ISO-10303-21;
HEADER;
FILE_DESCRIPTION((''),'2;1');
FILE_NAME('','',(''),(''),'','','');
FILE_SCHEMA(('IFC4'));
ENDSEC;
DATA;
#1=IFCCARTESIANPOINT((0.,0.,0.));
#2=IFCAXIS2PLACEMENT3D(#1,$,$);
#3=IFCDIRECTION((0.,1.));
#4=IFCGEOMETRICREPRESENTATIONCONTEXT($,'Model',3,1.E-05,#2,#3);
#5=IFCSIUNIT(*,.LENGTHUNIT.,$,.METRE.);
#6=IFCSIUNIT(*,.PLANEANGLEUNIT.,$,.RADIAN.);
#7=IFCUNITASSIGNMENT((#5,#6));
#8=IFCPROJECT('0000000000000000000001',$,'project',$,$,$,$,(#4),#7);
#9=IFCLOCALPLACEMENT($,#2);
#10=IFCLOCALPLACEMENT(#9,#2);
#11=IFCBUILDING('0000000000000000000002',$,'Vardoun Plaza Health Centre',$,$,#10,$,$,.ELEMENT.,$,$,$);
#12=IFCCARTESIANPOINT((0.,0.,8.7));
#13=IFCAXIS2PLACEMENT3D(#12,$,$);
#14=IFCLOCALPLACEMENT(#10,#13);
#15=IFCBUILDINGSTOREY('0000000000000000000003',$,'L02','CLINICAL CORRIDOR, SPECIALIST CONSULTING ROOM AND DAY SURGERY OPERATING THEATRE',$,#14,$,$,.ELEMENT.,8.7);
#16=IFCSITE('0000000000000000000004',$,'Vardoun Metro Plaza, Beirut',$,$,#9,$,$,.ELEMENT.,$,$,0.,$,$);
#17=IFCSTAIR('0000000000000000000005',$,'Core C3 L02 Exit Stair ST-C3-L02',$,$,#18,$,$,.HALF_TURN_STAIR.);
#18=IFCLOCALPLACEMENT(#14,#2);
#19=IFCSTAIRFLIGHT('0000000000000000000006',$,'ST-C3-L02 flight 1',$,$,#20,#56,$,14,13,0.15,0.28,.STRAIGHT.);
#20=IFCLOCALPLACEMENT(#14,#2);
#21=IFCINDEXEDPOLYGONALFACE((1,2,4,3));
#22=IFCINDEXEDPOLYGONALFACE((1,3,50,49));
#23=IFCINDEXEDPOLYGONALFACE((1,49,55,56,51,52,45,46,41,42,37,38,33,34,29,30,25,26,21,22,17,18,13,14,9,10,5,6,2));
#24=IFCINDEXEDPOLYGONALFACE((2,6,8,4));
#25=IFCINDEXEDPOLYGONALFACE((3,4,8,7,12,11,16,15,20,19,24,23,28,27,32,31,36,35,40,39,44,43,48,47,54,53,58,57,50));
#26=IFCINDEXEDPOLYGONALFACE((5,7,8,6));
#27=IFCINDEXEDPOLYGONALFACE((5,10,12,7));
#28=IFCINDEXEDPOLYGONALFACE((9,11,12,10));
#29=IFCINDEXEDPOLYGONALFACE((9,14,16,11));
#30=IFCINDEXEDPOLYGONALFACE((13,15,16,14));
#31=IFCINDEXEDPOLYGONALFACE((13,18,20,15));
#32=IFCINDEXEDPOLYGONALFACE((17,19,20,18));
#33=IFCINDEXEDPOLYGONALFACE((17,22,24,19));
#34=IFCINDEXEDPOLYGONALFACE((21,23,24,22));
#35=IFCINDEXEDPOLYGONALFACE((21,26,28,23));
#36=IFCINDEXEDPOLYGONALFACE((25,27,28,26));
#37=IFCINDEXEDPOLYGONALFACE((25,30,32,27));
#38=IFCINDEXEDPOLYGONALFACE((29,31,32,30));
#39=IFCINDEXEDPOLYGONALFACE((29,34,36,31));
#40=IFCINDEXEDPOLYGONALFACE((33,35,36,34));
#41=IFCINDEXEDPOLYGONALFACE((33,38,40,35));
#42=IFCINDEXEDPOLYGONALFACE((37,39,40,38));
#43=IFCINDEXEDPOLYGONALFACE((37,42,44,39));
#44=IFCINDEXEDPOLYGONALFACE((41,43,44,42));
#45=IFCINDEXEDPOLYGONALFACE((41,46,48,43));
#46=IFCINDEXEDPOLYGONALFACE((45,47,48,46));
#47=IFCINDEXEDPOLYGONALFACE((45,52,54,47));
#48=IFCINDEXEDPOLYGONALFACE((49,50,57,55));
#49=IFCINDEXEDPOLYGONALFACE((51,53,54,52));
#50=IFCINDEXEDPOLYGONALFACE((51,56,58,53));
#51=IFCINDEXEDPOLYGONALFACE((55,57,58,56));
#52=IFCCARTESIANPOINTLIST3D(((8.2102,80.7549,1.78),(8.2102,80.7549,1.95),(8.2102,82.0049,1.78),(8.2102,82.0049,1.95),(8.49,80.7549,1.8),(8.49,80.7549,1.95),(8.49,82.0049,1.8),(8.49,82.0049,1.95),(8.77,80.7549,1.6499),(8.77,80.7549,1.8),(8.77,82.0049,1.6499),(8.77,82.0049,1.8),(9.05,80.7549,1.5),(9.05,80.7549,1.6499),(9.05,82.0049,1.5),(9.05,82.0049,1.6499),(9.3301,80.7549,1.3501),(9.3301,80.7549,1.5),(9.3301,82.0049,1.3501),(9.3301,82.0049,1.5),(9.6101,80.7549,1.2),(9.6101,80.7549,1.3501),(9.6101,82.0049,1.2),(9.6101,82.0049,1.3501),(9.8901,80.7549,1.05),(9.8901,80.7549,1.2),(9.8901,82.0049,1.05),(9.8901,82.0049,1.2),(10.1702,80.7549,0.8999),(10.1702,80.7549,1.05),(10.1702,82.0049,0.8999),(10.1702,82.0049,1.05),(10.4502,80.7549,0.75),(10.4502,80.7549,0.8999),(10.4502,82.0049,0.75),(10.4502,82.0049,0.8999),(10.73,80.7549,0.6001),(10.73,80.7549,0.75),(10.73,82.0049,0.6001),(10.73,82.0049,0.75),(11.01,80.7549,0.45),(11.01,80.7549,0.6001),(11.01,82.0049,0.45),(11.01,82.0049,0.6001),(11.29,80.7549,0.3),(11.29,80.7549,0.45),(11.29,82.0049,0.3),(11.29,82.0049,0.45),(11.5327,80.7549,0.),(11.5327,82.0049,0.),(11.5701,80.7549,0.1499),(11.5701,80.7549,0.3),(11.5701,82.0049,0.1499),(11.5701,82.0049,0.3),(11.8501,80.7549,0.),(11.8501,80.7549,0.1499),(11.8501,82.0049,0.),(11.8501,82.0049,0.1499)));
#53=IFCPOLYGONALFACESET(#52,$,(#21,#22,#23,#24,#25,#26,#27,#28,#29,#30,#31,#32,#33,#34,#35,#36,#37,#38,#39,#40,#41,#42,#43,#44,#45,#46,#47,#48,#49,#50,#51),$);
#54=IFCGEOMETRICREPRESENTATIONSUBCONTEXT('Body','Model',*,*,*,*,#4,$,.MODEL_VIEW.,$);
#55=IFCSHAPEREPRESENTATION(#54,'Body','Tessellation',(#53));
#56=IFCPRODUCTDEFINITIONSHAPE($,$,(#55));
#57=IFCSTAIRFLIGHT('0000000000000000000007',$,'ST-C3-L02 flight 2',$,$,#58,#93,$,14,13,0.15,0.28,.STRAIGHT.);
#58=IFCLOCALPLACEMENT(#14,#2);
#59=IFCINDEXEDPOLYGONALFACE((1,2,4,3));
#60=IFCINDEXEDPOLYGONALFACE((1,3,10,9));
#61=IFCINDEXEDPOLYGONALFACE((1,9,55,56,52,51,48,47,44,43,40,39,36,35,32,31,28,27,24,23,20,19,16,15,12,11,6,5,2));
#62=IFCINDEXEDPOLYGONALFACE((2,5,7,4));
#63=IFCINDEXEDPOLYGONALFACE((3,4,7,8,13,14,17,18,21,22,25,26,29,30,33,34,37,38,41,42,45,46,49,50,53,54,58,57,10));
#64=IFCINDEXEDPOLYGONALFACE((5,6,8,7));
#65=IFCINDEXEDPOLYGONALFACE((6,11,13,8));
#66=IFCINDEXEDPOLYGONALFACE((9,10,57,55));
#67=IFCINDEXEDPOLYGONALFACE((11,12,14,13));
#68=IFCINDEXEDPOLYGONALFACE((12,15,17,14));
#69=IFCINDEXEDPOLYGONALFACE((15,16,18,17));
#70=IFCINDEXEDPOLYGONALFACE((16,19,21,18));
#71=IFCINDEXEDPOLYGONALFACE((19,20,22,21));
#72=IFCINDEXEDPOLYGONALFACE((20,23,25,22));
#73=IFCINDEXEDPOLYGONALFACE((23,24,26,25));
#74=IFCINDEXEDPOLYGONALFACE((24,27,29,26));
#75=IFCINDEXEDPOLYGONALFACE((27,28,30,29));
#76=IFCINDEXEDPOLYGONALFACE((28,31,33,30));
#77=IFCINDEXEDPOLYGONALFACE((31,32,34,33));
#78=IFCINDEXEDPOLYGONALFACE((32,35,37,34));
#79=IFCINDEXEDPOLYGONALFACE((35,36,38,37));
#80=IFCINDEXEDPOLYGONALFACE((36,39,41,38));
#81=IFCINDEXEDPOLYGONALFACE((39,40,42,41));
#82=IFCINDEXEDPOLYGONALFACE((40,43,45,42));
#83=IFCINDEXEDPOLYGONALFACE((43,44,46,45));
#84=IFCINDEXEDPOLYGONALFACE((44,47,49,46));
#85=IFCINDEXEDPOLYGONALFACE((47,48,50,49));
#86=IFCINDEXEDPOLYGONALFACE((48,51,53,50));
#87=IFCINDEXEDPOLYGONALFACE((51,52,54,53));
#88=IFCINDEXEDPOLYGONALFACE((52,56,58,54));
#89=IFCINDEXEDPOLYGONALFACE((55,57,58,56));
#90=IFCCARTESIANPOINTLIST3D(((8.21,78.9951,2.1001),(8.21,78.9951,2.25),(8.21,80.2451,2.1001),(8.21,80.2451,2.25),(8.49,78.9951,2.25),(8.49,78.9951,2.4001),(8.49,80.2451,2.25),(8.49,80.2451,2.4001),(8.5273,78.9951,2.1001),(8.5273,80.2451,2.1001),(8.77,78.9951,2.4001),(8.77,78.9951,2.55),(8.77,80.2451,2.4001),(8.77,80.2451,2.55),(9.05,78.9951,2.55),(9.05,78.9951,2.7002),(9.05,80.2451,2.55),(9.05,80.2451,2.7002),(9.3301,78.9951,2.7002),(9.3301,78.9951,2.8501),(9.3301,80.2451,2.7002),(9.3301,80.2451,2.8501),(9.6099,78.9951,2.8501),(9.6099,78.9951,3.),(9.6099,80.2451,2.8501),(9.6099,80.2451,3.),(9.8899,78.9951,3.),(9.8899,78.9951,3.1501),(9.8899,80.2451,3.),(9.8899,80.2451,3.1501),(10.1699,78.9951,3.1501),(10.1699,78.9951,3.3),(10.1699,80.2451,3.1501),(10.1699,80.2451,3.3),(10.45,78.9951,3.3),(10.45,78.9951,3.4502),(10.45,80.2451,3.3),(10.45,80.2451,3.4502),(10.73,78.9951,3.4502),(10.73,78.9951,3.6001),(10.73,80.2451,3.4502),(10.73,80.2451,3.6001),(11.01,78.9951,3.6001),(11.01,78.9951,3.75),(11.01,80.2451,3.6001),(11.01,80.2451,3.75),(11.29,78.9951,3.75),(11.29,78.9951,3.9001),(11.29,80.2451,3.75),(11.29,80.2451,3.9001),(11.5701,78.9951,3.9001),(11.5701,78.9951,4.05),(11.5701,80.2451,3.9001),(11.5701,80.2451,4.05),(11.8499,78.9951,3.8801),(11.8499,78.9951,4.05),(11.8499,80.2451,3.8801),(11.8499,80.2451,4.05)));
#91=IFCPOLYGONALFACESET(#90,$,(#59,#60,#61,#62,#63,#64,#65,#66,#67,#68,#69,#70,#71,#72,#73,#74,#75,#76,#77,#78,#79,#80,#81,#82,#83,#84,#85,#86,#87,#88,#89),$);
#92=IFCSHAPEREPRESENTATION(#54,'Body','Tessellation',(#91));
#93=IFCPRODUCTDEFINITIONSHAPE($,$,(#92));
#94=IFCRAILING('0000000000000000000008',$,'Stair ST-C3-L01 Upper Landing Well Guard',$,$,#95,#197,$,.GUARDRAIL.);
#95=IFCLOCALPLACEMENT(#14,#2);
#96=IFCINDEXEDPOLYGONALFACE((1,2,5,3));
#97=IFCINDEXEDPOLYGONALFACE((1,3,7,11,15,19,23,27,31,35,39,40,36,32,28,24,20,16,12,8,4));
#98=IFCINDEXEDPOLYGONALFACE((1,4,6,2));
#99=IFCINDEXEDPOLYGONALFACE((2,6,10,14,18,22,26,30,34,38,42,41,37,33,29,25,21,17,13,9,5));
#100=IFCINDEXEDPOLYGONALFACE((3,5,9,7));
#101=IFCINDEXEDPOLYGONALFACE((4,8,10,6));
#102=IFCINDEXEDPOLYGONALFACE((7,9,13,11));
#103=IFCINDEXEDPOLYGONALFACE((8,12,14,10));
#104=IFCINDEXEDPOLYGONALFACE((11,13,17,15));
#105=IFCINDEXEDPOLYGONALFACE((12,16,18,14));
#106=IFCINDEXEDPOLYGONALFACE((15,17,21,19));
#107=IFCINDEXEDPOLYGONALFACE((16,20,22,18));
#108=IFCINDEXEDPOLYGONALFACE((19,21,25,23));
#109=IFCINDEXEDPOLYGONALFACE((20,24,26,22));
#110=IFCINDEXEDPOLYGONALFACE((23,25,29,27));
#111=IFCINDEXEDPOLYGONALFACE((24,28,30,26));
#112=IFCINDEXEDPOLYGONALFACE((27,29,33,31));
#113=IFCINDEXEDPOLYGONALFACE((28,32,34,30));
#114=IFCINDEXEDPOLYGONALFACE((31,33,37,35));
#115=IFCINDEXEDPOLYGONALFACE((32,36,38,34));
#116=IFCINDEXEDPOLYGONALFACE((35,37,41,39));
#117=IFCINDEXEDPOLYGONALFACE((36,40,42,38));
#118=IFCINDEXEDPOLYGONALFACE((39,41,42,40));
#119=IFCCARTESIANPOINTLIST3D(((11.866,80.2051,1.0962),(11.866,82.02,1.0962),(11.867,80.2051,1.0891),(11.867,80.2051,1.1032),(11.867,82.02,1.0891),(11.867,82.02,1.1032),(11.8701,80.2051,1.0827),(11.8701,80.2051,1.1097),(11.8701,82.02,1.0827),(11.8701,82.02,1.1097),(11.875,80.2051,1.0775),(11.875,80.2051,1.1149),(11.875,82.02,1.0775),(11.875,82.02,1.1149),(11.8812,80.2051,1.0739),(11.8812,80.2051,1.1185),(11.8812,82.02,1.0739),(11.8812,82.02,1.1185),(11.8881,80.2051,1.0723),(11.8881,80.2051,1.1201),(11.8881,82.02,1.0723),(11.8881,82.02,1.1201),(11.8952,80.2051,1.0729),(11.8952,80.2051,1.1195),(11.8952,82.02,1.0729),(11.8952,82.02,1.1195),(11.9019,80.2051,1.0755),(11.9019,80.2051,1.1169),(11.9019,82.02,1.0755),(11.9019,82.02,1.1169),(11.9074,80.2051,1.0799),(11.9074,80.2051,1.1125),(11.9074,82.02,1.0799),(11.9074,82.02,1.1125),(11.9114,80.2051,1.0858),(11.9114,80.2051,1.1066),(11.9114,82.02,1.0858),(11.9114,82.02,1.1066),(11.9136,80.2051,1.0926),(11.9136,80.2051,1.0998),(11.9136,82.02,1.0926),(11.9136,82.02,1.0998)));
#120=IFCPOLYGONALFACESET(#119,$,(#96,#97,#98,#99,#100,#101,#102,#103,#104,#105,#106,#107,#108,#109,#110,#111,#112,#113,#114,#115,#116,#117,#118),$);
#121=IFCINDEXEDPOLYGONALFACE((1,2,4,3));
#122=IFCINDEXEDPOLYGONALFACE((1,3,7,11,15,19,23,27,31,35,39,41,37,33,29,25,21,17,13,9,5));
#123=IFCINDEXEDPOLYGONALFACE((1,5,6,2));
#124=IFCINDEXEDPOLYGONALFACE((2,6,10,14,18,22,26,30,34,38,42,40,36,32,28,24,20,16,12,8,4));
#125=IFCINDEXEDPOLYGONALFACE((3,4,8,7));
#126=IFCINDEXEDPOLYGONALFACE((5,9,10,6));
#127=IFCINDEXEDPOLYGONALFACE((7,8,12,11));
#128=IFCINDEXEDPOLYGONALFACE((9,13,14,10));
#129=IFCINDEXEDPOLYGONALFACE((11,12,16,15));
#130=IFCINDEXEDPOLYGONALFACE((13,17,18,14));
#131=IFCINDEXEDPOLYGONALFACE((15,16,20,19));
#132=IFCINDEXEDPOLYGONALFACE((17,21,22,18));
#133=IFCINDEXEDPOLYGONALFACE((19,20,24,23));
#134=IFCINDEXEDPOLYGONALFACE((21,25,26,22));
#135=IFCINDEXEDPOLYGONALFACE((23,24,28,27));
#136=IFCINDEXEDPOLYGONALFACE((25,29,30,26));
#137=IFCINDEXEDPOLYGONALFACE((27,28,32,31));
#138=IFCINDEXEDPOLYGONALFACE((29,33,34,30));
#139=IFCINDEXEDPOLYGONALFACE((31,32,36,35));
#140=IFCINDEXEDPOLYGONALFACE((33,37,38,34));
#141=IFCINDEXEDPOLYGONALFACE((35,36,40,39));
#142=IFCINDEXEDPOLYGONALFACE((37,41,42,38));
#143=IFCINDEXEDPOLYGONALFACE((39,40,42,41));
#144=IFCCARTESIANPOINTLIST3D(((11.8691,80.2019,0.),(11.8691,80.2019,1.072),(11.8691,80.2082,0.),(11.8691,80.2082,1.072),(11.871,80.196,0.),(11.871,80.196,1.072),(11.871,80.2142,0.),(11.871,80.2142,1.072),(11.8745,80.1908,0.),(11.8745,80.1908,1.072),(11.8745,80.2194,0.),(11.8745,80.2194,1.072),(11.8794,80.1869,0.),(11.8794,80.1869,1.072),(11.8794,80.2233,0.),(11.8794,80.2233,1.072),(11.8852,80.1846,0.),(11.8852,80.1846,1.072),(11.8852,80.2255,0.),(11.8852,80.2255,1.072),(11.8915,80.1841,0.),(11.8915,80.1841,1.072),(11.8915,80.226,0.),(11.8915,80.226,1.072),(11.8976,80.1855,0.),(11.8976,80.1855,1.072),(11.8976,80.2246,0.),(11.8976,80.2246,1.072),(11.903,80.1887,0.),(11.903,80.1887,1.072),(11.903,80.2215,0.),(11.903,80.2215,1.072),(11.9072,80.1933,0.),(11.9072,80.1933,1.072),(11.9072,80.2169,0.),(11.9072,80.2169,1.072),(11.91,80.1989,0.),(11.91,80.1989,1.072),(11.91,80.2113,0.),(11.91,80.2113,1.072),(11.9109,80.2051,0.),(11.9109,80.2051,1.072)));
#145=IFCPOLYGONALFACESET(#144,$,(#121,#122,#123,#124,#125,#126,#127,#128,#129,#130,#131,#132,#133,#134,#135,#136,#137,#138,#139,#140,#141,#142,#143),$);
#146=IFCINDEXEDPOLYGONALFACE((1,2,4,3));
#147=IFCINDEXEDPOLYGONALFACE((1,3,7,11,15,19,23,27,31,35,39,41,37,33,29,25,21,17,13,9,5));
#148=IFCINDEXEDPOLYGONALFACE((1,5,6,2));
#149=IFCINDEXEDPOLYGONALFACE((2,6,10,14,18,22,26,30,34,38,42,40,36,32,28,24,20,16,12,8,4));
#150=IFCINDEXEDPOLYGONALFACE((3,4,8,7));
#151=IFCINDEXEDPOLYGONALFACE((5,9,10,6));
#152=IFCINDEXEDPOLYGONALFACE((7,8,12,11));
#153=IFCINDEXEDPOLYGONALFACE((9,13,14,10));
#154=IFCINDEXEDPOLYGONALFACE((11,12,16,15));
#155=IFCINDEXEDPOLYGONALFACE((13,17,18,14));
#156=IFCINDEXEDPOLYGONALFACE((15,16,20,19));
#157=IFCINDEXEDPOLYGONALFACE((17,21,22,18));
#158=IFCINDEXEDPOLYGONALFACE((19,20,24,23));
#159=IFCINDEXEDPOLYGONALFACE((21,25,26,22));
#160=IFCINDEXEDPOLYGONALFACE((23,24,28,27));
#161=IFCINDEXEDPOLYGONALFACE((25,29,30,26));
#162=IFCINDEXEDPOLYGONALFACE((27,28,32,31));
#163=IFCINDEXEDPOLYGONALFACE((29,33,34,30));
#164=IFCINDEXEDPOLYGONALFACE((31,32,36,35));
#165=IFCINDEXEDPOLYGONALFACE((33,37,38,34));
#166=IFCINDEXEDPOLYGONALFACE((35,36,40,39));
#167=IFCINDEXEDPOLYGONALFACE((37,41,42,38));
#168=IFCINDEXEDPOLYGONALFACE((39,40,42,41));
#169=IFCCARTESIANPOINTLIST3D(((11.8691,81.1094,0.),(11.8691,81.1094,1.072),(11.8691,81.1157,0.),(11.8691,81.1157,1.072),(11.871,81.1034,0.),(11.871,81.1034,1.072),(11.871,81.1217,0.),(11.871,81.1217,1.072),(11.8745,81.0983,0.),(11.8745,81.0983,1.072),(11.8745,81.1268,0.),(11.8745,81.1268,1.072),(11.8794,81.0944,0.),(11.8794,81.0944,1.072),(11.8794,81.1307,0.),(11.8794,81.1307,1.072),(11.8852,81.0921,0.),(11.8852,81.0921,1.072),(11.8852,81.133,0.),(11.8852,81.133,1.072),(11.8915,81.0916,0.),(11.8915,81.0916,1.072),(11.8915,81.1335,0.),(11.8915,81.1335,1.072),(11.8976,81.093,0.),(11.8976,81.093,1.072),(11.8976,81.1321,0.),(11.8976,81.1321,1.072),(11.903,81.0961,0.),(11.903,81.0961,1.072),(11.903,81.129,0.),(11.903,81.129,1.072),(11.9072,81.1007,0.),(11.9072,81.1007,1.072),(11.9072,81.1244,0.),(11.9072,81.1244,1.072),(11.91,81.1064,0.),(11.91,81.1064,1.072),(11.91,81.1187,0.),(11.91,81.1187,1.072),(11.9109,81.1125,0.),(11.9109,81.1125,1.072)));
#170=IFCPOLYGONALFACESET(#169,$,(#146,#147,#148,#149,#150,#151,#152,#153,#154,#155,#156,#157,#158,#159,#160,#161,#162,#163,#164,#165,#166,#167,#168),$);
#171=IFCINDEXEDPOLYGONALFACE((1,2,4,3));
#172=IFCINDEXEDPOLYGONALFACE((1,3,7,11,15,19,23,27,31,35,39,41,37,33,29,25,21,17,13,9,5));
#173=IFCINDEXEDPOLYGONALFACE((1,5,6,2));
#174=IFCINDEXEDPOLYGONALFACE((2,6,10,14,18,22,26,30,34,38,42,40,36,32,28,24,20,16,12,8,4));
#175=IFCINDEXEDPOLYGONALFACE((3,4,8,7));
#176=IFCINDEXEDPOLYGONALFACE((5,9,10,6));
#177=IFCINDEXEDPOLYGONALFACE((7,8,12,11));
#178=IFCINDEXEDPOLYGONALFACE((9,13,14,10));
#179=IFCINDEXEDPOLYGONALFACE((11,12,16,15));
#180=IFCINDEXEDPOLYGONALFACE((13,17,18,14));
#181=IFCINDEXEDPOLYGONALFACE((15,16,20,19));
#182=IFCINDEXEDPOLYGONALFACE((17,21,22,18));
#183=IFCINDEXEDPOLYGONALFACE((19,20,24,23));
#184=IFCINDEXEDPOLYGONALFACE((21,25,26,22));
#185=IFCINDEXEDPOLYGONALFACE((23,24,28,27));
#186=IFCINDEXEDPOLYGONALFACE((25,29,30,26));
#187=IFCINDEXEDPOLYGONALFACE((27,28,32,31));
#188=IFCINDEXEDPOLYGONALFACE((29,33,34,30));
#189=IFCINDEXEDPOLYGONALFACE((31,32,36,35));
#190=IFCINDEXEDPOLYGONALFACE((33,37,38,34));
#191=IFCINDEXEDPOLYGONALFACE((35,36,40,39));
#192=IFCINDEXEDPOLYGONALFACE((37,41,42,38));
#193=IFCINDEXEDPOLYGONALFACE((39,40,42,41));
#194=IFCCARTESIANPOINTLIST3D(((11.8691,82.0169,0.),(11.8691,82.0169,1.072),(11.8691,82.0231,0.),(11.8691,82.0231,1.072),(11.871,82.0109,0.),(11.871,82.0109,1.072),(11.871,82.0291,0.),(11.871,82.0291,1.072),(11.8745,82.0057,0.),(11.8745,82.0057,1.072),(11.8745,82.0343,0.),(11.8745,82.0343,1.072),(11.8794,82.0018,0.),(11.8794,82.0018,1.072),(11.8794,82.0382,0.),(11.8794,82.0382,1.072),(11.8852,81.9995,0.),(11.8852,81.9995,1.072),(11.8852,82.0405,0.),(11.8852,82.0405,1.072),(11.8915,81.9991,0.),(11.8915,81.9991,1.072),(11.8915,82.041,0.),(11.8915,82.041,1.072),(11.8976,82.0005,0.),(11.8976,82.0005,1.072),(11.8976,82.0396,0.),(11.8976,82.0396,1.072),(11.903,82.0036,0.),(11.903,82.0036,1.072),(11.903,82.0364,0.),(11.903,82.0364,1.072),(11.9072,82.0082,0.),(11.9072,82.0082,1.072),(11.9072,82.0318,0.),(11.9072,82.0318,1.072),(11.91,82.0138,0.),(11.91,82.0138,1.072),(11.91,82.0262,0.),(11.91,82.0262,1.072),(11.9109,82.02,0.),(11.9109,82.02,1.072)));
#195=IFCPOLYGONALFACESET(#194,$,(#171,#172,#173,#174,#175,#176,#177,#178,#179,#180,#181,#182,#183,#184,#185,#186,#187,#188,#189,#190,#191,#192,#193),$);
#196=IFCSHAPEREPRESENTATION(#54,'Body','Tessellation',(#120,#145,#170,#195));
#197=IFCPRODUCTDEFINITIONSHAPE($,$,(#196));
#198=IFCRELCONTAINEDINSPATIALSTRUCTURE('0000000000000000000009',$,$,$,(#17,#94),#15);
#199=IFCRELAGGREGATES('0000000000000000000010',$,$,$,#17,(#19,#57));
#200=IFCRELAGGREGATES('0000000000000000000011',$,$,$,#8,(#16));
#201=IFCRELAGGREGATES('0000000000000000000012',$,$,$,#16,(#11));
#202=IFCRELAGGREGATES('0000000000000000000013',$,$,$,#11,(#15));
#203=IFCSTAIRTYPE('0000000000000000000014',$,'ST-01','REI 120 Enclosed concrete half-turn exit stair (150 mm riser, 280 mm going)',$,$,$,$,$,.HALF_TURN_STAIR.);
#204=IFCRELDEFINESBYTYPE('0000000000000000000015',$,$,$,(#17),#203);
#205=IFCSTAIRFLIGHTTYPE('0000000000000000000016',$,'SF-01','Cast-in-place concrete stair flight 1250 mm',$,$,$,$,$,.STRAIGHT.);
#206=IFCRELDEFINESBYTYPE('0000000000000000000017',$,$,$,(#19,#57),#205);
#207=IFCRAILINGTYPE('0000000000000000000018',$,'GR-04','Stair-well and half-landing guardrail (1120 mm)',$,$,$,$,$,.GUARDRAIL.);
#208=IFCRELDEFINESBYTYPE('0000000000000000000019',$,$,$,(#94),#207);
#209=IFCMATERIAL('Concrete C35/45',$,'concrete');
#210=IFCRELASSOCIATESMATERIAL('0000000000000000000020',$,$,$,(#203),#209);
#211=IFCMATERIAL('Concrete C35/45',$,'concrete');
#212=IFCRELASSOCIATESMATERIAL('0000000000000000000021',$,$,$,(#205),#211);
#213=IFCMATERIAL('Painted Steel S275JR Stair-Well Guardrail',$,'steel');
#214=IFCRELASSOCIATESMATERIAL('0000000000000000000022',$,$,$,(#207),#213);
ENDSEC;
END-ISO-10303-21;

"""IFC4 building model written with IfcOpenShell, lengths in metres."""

from ifc_helpers import new_model, si_unit, direction, frame, origin, origin_2d, place, context, subcontext, project, spatial, polyline, circle, outline, extrude, material, type_object, element, aggregate, save


model = new_model("IFC4")

# Units and contexts
model_context = context("Model", 3, precision=1e-05, world=origin(), true_north=direction((0.0, 1.0)))
body_context = subcontext(model_context, "Body", "Model", "MODEL_VIEW")
ifc_project = project(units=[si_unit("LENGTHUNIT", "METRE"), si_unit("PLANEANGLEUNIT", "RADIAN")], contexts=[model_context])

# Site, building, storey
site_placement = place(None, origin())
site = spatial("IfcSite", under=ifc_project, at=site_placement, Name="Vardoun Metro Plaza, Beirut", CompositionType="ELEMENT", RefElevation=0.0)
building_placement = place(site_placement, origin())
building = spatial("IfcBuilding", under=site, at=building_placement, Name="Vardoun Plaza Health Centre", CompositionType="ELEMENT")
storey_placement = place(building_placement, frame((0.0, 0.0, 8.7)))
storey = spatial("IfcBuildingStorey", under=building, at=storey_placement, Name="L02", Description="CLINICAL CORRIDOR, SPECIALIST CONSULTING ROOM AND DAY SURGERY OPERATING THEATRE", CompositionType="ELEMENT", Elevation=8.7)

# Stair, stair flights
ifc_material_1 = material(Name="Concrete C35/45", Category="concrete")
stair_type = type_object("IfcStairType", Name="ST-01", Description="REI 120 Enclosed concrete half-turn exit stair (150 mm riser, 280 mm going)", PredefinedType="HALF_TURN_STAIR", material=ifc_material_1)
stair_placement = place(storey_placement, origin())
stair = element("IfcStair", 1, at=stair_placement, inside=storey, type_object=stair_type, Name="Core C3 L02 Exit Stair ST-C3-L02", PredefinedType="HALF_TURN_STAIR")
ifc_material_2 = material(Name="Concrete C35/45", Category="concrete")
stair_flight_type = type_object("IfcStairFlightType", Name="SF-01", Description="Cast-in-place concrete stair flight 1250 mm", PredefinedType="STRAIGHT", material=ifc_material_2)
stair_flight_1_placement = place(storey_placement, frame((11.8501, 81.3799, 0.0), z_axis=(0.0, 0.0, 1.0), x_axis=(-1.0, 0.0, 0.0)))
stair_flight_1 = element("IfcStairFlight", 2, at=stair_flight_1_placement, type_object=stair_flight_type, Name="ST-C3-L02 flight 1", NumberOfRisers=14, NumberOfTreads=13, PredefinedType="STRAIGHT", RiserHeight=0.15, TreadLength=0.28, context=body_context, shape_type="SweptSolid", body=[
    extrude(outline(polyline([(0.0, 0.0), (0.0, 0.1499), (0.28, 0.1499), (0.28, 0.3), (0.5601, 0.3), (0.5601, 0.45), (0.8401, 0.45), (0.8401, 0.6001), (1.1201, 0.6001), (1.1201, 0.75), (1.3999, 0.75), (1.3999, 0.8999), (1.6799, 0.8999), (1.6799, 1.05), (1.96, 1.05), (1.96, 1.2), (2.24, 1.2), (2.24, 1.3501), (2.52, 1.3501), (2.52, 1.5), (2.8, 1.5), (2.8, 1.6499), (3.0801, 1.6499), (3.0801, 1.8), (3.3601, 1.8), (3.3601, 1.95), (3.6399, 1.95), (3.6399, 2.1001), (3.6399, 1.78), (0.3174, 0.0), (0.0, 0.0)])), frame((0.0, 0.625, 0.0), z_axis=(0.0, -1.0, 0.0), x_axis=(1.0, 0.0, 0.0)), (0.0, 0.0, 1.0), 1.25),
])
stair_flight_2_placement = place(storey_placement, frame((8.21, 79.6201, 2.1001), z_axis=(0.0, 0.0, 1.0), x_axis=(1.0, 0.0, 0.0)))
stair_flight_2 = element("IfcStairFlight", 3, at=stair_flight_2_placement, type_object=stair_flight_type, Name="ST-C3-L02 flight 2", NumberOfRisers=14, NumberOfTreads=13, PredefinedType="STRAIGHT", RiserHeight=0.15, TreadLength=0.28, context=body_context, shape_type="SweptSolid", body=[
    extrude(outline(polyline([(0.0, 0.0), (0.0, 0.1499), (0.28, 0.1499), (0.28, 0.3), (0.5601, 0.3), (0.5601, 0.45), (0.8401, 0.45), (0.8401, 0.6001), (1.1201, 0.6001), (1.1201, 0.75), (1.3999, 0.75), (1.3999, 0.8999), (1.6799, 0.8999), (1.6799, 1.05), (1.96, 1.05), (1.96, 1.2), (2.24, 1.2), (2.24, 1.3501), (2.52, 1.3501), (2.52, 1.5), (2.8, 1.5), (2.8, 1.6499), (3.0801, 1.6499), (3.0801, 1.8), (3.3601, 1.8), (3.3601, 1.95), (3.6399, 1.95), (3.6399, 2.1001), (3.6399, 1.78), (0.3174, 0.0), (0.0, 0.0)])), frame((0.0, 0.625, 0.0), z_axis=(0.0, -1.0, 0.0), x_axis=(1.0, 0.0, 0.0)), (0.0, 0.0, 1.0), 1.25),
])
aggregate(stair, [stair_flight_1, stair_flight_2])

# Railing
ifc_material_3 = material(Name="Painted Steel S275JR Stair-Well Guardrail", Category="steel")
railing_type_1 = type_object("IfcRailingType", Name="GR-04", Description="Stair-well and half-landing guardrail (1120 mm)", PredefinedType="GUARDRAIL", material=ifc_material_3)
railing_1_placement = place(storey_placement, frame((11.8899, 80.2051, 0.0)))
element("IfcRailing", 4, at=railing_1_placement, inside=storey, type_object=railing_type_1, Name="Stair ST-C3-L01 Upper Landing Well Guard", PredefinedType="GUARDRAIL", context=body_context, shape_type="SweptSolid", body=[
    extrude(circle(Radius=0.0239, at=origin_2d()), frame((0.0, 0.0, 1.0962), z_axis=(0.0, 1.0, 0.0), x_axis=(-1.0, 0.0, 0.0)), (0.0, 0.0, 1.0), 1.8149),
    extrude(circle(Radius=0.021, at=origin_2d()), origin(), (0.0, 0.0, 1.0), 1.072),
    extrude(circle(Radius=0.021, at=origin_2d()), frame((0.0, 0.9075, 0.0)), (0.0, 0.0, 1.0), 1.072),
    extrude(circle(Radius=0.021, at=origin_2d()), frame((0.0, 1.8149, 0.0)), (0.0, 0.0, 1.0), 1.072),
])

save(model, "model.ifc")
